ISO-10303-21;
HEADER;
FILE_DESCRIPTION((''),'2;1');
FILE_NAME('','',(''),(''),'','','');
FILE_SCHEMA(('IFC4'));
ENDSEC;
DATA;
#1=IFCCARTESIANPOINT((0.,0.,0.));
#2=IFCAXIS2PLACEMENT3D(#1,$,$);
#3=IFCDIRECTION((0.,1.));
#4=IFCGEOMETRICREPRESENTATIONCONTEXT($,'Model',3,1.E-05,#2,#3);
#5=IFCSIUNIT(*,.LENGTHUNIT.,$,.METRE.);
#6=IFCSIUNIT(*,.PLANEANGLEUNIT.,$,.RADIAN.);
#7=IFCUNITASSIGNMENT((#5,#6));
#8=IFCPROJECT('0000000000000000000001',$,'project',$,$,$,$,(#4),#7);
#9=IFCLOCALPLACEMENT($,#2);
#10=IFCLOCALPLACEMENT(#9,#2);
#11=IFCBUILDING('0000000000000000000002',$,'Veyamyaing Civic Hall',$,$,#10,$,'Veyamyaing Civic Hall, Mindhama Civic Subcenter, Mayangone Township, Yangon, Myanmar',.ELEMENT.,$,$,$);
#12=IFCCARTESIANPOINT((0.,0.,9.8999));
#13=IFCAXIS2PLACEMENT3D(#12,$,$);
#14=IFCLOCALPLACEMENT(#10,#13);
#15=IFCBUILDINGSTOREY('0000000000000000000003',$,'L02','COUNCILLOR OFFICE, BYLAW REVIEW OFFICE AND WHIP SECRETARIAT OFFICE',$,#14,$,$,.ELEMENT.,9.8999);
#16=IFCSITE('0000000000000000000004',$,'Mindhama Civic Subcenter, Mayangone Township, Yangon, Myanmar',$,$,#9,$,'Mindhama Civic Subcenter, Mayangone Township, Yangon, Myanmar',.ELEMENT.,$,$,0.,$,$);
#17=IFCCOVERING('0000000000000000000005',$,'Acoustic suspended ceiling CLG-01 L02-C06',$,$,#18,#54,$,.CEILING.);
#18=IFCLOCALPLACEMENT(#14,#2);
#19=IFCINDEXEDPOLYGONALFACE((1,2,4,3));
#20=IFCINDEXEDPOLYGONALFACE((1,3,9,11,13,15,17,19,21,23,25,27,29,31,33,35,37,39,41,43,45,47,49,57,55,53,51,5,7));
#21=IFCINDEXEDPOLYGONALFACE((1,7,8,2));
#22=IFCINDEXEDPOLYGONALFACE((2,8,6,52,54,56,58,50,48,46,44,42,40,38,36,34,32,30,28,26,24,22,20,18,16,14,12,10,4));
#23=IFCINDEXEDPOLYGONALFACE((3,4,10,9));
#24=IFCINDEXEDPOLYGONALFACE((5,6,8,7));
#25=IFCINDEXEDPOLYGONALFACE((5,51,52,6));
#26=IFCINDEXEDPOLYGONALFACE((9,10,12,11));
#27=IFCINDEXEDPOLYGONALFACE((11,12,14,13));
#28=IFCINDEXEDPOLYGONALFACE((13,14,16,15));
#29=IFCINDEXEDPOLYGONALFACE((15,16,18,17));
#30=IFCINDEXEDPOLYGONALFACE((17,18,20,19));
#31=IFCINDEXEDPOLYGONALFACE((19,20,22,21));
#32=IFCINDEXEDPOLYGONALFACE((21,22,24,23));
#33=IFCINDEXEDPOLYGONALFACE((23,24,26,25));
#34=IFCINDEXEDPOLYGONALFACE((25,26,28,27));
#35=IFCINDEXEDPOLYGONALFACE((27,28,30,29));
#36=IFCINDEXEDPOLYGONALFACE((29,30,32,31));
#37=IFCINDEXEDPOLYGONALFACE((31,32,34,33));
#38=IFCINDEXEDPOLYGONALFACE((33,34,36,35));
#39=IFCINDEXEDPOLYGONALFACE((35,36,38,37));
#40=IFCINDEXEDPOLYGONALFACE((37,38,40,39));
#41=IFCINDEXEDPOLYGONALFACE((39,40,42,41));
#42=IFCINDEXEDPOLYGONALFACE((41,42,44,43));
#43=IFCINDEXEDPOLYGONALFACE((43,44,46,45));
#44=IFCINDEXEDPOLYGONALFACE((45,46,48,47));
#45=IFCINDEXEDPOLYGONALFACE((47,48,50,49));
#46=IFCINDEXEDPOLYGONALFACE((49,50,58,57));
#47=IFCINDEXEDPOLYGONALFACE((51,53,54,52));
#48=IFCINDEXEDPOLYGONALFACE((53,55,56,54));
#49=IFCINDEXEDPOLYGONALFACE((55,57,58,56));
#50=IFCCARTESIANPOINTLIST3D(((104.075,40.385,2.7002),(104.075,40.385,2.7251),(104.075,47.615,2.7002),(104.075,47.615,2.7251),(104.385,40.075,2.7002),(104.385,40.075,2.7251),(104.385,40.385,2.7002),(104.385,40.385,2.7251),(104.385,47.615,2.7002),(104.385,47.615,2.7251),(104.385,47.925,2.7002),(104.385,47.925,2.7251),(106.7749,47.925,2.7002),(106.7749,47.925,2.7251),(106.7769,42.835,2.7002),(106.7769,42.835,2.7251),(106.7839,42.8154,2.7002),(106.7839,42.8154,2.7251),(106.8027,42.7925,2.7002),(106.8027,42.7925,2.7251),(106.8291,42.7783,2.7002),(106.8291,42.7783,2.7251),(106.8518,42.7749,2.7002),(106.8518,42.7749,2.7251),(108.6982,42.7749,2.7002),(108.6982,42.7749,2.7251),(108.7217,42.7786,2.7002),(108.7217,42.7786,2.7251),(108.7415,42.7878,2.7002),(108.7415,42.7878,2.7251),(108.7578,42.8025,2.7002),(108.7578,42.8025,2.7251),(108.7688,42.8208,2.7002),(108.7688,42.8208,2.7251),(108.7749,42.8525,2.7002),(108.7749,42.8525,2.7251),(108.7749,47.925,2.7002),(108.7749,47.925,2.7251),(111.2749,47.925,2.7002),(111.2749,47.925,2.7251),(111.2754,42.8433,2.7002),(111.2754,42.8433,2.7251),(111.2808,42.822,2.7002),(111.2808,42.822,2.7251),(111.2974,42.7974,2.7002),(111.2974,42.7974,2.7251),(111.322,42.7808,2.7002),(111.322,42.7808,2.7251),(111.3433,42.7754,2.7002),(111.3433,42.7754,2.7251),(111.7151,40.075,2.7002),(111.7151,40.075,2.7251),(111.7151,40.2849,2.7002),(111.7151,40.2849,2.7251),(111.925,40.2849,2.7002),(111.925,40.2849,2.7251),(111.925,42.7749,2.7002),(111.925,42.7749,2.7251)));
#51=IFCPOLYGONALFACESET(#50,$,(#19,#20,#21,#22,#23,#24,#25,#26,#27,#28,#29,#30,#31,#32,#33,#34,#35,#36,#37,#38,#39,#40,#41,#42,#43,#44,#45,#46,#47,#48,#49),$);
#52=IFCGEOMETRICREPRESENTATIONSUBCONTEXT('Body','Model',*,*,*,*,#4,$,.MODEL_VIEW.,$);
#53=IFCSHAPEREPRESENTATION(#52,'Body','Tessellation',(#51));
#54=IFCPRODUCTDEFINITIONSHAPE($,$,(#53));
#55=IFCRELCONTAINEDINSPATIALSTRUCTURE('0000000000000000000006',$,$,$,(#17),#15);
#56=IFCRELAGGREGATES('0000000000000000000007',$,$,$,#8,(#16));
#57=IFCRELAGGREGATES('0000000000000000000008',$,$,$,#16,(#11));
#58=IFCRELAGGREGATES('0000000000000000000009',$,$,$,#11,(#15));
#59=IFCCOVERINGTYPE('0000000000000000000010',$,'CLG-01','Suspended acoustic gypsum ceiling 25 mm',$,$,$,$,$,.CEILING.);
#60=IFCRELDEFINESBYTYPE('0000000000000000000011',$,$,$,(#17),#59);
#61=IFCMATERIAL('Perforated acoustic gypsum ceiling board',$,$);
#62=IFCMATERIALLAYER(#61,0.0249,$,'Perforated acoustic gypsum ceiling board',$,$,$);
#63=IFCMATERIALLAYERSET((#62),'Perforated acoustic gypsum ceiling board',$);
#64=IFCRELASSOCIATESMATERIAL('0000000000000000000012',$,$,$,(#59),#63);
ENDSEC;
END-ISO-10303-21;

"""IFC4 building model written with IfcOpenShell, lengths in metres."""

from ifc_helpers import new_model, si_unit, direction, frame, origin, place, context, subcontext, project, spatial, polyline, outline, extrude, material, layer, layer_set, type_object, element, save


model = new_model("IFC4")

# Units and contexts
model_context = context("Model", 3, precision=1e-05, world=origin(), true_north=direction((0.0, 1.0)))
body_context = subcontext(model_context, "Body", "Model", "MODEL_VIEW")
ifc_project = project(units=[si_unit("LENGTHUNIT", "METRE"), si_unit("PLANEANGLEUNIT", "RADIAN")], contexts=[model_context])

# Site, building, storey
site_placement = place(None, origin())
site = spatial("IfcSite", under=ifc_project, at=site_placement, Name="Mindhama Civic Subcenter, Mayangone Township, Yangon, Myanmar", LongName="Mindhama Civic Subcenter, Mayangone Township, Yangon, Myanmar", CompositionType="ELEMENT", RefElevation=0.0)
building_placement = place(site_placement, origin())
building = spatial("IfcBuilding", under=site, at=building_placement, Name="Veyamyaing Civic Hall", LongName="Veyamyaing Civic Hall, Mindhama Civic Subcenter, Mayangone Township, Yangon, Myanmar", CompositionType="ELEMENT")
storey_placement = place(building_placement, frame((0.0, 0.0, 9.8999)))
storey = spatial("IfcBuildingStorey", under=building, at=storey_placement, Name="L02", Description="COUNCILLOR OFFICE, BYLAW REVIEW OFFICE AND WHIP SECRETARIAT OFFICE", CompositionType="ELEMENT", Elevation=9.8999)

# Covering
ifc_material_1 = material(Name="Perforated acoustic gypsum ceiling board")
ifc_layer_1 = layer(ifc_material_1, 0.0249, Name="Perforated acoustic gypsum ceiling board")
ifc_layer_set_1 = layer_set([ifc_layer_1], Name="Perforated acoustic gypsum ceiling board")
covering_type_1 = type_object("IfcCoveringType", Name="CLG-01", Description="Suspended acoustic gypsum ceiling 25 mm", PredefinedType="CEILING", material=ifc_layer_set_1)
covering_1_placement = place(storey_placement, frame((0.0, 0.0, 2.7002)))
element("IfcCovering", 1, at=covering_1_placement, inside=storey, type_object=covering_type_1, Name="Acoustic suspended ceiling CLG-01 L02-C06", PredefinedType="CEILING", context=body_context, shape_type="SweptSolid", body=[
    extrude(outline(polyline([(106.7839, 42.8154), (106.8027, 42.7925), (106.8291, 42.7783), (106.8518, 42.7749), (108.6982, 42.7749), (108.7217, 42.7786), (108.7415, 42.7878), (108.7578, 42.8025), (108.7688, 42.8208), (108.7749, 42.8525), (108.7749, 47.925), (111.2749, 47.925), (111.2754, 42.8433), (111.2808, 42.822), (111.2974, 42.7974), (111.322, 42.7808), (111.3433, 42.7754), (111.925, 42.7749), (111.925, 40.2849), (111.7151, 40.2849), (111.7151, 40.075), (104.385, 40.075), (104.385, 40.385), (104.075, 40.385), (104.075, 47.615), (104.385, 47.615), (104.385, 47.925), (106.7749, 47.925), (106.7769, 42.835), (106.7839, 42.8154)])), origin(), (0.0, 0.0, 1.0), 0.0249),
])

save(model, "model.ifc")
